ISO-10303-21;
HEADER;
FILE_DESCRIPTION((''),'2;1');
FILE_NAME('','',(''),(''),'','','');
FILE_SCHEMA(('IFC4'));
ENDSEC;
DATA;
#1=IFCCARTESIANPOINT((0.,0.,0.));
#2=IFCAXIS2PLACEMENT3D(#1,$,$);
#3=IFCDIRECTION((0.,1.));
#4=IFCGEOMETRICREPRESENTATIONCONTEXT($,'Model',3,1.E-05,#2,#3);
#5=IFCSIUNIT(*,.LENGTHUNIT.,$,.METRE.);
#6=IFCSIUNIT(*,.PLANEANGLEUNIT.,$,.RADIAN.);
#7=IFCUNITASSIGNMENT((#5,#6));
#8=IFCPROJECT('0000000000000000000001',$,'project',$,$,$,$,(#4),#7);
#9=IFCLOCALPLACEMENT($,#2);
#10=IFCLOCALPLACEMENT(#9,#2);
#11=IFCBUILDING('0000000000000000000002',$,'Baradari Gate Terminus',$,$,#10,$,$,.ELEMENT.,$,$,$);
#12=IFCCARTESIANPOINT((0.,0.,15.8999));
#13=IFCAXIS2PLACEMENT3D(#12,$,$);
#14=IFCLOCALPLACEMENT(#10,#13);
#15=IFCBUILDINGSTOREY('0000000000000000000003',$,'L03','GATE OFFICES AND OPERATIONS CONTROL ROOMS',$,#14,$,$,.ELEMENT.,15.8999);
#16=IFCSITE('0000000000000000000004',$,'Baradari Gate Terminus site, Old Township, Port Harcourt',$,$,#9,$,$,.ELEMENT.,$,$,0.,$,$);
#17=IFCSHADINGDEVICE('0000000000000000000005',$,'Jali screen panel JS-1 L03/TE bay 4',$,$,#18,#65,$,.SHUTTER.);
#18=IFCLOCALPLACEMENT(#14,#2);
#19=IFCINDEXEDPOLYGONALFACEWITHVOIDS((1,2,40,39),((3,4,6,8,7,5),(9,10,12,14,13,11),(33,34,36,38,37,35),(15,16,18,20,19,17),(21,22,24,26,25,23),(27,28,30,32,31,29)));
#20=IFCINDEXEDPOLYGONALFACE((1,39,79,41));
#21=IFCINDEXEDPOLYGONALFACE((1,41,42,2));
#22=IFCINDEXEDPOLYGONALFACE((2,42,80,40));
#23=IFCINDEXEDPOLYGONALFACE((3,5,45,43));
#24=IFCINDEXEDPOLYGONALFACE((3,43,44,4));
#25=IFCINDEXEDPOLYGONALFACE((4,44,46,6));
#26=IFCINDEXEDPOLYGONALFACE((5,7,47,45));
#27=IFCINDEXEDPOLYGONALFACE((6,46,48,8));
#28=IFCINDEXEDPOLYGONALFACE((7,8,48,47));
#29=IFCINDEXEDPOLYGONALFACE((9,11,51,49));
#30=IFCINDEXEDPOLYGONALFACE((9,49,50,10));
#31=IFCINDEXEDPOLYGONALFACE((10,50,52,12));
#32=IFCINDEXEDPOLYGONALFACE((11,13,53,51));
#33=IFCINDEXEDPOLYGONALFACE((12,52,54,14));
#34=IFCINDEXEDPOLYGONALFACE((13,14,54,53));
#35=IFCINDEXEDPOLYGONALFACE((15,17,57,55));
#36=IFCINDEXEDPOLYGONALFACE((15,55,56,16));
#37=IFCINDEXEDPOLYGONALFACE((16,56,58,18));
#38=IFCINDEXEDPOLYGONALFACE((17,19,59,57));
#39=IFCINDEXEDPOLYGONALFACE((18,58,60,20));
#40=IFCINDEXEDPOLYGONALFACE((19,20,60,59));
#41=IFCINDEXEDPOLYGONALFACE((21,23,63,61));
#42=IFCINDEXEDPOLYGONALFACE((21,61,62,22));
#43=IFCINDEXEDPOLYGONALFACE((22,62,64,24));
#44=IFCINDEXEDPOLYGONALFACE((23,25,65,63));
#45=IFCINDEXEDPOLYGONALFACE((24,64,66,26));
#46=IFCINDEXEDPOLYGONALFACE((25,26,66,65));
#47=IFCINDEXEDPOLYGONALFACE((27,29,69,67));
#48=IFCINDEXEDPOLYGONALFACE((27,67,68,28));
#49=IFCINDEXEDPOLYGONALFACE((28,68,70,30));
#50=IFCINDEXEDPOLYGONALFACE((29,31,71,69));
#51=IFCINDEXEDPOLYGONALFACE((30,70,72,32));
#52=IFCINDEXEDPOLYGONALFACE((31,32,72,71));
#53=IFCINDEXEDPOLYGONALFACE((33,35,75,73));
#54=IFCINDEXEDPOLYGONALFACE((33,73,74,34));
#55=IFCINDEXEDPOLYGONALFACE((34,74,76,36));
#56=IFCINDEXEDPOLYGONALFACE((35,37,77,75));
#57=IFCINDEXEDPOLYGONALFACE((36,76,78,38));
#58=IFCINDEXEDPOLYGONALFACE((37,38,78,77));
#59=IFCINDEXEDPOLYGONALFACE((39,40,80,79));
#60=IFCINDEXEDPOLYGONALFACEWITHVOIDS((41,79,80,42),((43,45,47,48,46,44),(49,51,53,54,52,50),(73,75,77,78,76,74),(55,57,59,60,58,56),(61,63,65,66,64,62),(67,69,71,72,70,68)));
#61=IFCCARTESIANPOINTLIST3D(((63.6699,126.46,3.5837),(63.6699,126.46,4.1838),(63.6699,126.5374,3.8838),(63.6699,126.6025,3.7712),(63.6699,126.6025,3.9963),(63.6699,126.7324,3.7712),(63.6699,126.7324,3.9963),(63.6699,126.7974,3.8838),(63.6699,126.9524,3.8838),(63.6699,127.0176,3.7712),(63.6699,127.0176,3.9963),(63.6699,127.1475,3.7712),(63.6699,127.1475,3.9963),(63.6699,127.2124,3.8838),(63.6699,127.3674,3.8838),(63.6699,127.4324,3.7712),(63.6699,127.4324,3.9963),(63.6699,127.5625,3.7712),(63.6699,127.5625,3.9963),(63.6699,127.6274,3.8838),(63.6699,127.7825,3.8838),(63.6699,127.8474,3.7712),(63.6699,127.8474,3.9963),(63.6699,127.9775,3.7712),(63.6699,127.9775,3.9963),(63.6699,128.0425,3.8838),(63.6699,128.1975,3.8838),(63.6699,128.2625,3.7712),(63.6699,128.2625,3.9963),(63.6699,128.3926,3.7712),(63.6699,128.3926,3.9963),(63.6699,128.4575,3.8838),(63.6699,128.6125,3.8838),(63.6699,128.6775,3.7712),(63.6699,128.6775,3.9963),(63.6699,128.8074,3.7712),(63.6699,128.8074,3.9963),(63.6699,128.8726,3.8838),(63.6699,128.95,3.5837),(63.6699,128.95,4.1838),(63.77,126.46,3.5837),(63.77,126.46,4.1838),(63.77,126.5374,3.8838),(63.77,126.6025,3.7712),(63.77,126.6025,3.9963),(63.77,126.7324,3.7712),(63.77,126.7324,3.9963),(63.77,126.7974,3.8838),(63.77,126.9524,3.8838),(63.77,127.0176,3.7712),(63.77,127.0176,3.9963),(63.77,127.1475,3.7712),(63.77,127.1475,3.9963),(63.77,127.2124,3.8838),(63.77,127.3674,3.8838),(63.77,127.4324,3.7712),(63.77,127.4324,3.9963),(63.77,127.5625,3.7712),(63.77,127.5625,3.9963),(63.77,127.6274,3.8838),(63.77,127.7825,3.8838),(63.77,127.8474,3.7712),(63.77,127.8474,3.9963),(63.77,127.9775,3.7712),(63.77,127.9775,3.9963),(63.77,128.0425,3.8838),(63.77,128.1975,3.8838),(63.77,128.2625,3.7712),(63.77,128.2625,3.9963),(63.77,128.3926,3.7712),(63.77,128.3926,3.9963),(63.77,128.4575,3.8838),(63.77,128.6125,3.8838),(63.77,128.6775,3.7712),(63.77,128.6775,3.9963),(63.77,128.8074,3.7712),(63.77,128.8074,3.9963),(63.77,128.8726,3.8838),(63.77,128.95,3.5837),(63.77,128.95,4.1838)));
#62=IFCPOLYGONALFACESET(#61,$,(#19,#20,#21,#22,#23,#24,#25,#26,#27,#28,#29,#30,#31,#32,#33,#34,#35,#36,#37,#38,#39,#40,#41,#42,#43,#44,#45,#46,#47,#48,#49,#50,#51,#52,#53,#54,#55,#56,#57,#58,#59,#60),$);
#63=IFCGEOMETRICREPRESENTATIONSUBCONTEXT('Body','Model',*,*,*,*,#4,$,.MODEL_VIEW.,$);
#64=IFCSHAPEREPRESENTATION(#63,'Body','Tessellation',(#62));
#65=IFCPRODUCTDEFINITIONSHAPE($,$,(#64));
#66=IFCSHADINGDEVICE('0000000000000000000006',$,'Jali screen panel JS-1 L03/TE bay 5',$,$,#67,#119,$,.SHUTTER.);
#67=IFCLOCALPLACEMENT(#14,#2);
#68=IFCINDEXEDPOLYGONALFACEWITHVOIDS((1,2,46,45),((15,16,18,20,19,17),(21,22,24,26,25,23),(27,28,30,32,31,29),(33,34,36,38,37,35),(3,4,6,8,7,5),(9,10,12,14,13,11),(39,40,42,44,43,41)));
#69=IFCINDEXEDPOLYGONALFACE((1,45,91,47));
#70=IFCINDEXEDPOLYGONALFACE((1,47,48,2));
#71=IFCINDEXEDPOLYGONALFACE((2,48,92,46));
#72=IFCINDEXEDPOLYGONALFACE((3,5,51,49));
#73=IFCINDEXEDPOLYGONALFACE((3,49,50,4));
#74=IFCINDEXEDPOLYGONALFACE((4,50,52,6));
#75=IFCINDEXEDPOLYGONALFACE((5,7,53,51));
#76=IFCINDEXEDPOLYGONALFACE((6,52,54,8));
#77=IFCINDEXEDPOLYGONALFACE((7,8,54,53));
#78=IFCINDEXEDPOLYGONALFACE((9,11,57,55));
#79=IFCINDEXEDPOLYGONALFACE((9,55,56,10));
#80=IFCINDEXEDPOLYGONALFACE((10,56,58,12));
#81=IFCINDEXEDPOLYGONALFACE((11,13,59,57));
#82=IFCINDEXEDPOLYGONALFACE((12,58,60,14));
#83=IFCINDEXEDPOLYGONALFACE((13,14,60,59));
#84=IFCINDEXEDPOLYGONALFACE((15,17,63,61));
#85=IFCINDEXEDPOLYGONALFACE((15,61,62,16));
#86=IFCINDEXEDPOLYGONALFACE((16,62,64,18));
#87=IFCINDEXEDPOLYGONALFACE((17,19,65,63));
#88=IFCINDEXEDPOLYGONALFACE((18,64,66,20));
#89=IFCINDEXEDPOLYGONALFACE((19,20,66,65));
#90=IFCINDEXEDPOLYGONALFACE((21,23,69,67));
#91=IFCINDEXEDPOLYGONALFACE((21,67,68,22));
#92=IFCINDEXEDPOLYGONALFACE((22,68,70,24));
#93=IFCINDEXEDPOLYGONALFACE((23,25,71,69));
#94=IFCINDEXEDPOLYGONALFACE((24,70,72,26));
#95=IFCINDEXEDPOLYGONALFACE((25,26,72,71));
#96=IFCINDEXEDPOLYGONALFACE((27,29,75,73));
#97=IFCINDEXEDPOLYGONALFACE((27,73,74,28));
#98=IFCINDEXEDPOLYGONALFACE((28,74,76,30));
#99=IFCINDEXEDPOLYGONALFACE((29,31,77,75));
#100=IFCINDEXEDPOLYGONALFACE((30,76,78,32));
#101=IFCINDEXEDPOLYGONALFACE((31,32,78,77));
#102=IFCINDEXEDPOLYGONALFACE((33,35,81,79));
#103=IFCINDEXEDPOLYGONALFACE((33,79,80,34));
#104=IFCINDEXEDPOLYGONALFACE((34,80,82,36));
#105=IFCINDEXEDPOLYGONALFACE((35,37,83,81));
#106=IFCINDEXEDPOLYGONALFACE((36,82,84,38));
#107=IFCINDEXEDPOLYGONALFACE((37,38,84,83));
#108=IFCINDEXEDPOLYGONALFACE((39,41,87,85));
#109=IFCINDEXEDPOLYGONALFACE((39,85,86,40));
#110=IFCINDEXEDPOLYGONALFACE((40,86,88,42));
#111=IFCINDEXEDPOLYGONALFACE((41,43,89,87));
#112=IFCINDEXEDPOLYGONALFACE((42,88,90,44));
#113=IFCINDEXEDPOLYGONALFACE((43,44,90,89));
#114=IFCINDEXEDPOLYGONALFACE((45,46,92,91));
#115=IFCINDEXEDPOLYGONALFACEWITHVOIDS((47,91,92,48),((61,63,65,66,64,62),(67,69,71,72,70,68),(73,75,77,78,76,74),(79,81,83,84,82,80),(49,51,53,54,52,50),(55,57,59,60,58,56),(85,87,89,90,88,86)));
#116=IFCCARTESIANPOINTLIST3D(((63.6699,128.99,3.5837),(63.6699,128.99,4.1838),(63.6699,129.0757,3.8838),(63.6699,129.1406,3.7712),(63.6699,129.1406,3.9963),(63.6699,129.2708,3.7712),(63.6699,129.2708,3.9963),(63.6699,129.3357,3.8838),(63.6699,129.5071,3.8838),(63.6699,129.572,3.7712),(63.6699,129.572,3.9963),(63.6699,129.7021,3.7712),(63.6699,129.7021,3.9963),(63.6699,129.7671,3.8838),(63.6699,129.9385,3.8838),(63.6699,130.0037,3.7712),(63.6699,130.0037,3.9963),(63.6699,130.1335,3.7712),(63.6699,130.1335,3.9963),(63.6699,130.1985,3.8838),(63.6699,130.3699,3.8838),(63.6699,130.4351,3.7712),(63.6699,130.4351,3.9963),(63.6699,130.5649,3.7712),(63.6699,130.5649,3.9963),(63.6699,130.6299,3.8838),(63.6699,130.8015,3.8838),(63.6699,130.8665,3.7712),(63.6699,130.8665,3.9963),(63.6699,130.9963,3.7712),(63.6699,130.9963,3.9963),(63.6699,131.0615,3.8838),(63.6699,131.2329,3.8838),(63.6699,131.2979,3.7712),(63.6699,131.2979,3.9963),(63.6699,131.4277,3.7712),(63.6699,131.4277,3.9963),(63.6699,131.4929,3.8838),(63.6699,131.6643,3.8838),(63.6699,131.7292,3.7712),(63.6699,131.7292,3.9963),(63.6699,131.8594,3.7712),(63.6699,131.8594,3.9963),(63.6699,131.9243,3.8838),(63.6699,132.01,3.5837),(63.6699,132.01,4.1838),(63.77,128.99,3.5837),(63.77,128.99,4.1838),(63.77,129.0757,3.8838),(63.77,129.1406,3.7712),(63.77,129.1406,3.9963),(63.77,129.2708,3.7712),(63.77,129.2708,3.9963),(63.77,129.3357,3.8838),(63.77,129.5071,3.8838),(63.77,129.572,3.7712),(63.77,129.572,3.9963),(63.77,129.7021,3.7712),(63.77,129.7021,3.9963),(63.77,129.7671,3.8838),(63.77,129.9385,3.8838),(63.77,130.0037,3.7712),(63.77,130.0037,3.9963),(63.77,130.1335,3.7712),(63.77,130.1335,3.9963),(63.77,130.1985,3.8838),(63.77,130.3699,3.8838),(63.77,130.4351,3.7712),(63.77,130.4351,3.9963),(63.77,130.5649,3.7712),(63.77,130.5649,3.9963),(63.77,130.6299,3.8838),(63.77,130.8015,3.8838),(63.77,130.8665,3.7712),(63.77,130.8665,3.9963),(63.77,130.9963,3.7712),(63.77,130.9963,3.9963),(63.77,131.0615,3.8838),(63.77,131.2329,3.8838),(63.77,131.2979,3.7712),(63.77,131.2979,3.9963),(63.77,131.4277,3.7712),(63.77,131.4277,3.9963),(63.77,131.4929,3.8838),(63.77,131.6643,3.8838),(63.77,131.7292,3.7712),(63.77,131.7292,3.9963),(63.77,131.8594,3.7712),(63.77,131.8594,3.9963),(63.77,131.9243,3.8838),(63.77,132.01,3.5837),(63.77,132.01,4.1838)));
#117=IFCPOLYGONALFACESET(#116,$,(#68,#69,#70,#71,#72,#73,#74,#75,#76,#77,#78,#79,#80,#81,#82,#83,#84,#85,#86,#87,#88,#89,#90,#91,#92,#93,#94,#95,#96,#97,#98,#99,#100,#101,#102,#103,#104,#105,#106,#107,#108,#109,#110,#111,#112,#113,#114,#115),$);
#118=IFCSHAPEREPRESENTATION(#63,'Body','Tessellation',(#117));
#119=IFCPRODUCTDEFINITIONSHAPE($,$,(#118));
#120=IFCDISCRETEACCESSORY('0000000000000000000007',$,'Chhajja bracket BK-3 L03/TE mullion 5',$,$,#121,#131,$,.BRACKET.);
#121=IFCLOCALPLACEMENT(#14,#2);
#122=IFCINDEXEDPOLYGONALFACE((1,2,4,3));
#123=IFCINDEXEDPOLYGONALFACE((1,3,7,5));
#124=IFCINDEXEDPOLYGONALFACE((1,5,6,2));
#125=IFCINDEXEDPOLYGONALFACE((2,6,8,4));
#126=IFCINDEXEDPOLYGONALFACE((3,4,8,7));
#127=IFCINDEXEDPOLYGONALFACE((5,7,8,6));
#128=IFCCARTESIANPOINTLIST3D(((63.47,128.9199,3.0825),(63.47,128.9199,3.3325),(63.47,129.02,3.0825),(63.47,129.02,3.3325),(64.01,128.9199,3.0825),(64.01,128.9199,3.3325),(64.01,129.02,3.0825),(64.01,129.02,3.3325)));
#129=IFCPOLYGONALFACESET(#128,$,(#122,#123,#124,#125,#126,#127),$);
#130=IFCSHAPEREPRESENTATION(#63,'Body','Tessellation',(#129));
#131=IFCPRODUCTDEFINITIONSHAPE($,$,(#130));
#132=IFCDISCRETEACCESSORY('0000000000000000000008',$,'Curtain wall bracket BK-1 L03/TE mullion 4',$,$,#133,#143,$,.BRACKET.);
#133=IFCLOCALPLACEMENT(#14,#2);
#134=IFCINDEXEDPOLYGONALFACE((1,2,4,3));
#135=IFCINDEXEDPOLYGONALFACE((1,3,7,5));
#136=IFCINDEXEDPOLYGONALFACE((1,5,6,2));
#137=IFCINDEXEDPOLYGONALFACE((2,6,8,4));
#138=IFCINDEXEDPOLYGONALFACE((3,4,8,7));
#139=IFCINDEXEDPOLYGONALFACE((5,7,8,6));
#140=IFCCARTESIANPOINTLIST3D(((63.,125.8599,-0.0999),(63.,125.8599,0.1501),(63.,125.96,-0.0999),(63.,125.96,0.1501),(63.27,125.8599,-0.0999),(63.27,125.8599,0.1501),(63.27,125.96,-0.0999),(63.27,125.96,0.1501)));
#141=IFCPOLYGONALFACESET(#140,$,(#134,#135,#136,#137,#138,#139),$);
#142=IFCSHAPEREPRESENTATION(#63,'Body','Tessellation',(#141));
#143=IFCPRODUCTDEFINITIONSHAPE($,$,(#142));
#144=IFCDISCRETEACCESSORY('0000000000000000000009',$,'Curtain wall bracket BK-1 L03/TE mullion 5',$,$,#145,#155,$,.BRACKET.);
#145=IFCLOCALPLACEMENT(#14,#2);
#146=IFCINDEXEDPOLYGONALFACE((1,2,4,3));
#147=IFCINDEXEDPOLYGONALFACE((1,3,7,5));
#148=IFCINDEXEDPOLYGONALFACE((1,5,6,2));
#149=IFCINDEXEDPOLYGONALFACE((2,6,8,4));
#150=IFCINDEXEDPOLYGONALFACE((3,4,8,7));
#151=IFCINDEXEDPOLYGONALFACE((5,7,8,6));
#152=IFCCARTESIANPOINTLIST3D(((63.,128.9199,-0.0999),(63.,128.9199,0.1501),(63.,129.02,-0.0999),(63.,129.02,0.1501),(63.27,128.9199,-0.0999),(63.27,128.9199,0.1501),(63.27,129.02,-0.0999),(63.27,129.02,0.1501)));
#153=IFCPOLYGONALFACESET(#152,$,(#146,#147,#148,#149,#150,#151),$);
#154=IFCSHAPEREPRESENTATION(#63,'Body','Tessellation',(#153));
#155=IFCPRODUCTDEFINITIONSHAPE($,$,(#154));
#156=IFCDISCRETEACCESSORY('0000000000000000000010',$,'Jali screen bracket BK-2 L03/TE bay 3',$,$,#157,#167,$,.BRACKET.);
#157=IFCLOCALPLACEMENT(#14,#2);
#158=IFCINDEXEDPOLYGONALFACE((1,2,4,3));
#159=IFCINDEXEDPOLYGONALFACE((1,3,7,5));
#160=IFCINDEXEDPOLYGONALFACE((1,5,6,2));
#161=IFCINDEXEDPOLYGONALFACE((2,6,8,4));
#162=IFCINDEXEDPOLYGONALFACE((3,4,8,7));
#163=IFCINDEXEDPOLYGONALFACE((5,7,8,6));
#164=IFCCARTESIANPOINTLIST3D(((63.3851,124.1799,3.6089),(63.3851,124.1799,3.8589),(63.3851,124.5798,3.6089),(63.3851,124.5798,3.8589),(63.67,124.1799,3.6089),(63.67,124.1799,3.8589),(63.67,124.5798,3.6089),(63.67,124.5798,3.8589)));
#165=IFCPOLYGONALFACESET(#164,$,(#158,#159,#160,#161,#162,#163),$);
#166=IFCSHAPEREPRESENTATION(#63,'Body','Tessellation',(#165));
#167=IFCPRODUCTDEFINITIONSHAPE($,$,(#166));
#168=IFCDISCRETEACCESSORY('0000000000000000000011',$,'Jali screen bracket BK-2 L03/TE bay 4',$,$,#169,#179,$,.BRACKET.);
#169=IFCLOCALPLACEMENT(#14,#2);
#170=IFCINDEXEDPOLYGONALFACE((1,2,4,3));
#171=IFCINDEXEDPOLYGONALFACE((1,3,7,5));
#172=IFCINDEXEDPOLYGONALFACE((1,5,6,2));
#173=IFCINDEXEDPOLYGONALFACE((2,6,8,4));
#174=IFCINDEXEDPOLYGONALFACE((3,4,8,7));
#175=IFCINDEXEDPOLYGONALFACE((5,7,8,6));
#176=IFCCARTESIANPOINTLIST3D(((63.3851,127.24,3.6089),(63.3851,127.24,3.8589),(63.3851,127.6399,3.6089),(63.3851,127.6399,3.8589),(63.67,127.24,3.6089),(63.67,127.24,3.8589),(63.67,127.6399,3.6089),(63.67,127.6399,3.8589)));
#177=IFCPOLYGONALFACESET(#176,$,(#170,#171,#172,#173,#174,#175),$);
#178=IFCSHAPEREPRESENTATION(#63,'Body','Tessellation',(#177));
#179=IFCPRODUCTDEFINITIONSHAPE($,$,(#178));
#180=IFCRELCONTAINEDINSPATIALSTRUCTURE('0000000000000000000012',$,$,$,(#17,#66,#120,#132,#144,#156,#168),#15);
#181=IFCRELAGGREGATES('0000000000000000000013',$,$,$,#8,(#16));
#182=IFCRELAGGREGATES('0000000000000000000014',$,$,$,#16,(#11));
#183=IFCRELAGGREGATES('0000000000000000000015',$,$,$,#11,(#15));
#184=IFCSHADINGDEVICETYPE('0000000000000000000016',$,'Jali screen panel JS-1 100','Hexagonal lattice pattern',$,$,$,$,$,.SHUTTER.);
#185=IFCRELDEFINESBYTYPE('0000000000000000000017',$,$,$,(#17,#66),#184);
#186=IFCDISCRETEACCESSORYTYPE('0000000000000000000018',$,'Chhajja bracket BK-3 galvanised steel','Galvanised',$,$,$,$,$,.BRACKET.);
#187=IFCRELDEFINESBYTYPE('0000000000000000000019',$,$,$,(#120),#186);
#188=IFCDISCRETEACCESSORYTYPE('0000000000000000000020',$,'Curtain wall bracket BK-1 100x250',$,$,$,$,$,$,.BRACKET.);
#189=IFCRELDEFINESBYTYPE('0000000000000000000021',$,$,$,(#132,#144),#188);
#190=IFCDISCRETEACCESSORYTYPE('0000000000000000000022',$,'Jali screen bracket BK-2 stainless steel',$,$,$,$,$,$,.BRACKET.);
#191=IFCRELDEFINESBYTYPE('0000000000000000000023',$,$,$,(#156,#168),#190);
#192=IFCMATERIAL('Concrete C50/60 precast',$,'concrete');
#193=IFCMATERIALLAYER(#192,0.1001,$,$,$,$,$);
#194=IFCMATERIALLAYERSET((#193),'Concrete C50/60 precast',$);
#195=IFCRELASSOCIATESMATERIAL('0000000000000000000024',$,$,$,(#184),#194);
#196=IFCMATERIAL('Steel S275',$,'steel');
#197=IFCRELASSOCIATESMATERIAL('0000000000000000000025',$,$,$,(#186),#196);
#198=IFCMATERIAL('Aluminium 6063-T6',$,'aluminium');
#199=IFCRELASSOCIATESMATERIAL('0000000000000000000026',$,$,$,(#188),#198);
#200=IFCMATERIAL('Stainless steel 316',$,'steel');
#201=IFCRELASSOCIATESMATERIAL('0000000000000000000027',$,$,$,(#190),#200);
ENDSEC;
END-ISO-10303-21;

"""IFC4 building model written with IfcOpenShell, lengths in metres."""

from ifc_helpers import new_model, si_unit, direction, frame, origin, origin_2d, place, context, subcontext, project, spatial, polyline, rectangle, outline, extrude, material, layer, layer_set, type_object, element, save


model = new_model("IFC4")

# Units and contexts
model_context = context("Model", 3, precision=1e-05, world=origin(), true_north=direction((0.0, 1.0)))
body_context = subcontext(model_context, "Body", "Model", "MODEL_VIEW")
ifc_project = project(units=[si_unit("LENGTHUNIT", "METRE"), si_unit("PLANEANGLEUNIT", "RADIAN")], contexts=[model_context])

# Site, building, storey
site_placement = place(None, origin())
site = spatial("IfcSite", under=ifc_project, at=site_placement, Name="Baradari Gate Terminus site, Old Township, Port Harcourt", CompositionType="ELEMENT", RefElevation=0.0)
building_placement = place(site_placement, origin())
building = spatial("IfcBuilding", under=site, at=building_placement, Name="Baradari Gate Terminus", CompositionType="ELEMENT")
storey_placement = place(building_placement, frame((0.0, 0.0, 15.8999)))
storey = spatial("IfcBuildingStorey", under=building, at=storey_placement, Name="L03", Description="GATE OFFICES AND OPERATIONS CONTROL ROOMS", CompositionType="ELEMENT", Elevation=15.8999)

# Shading devices
ifc_material_1 = material(Name="Concrete C50/60 precast", Category="concrete")
ifc_layer_1 = layer(ifc_material_1, 0.1001)
ifc_layer_set_1 = layer_set([ifc_layer_1], Name="Concrete C50/60 precast")
shading_device_type_1 = type_object("IfcShadingDeviceType", Name="Jali screen panel JS-1 100", Description="Hexagonal lattice pattern", PredefinedType="SHUTTER", material=ifc_layer_set_1)
shading_device_1_placement = place(storey_placement, frame((63.72, 126.46, 3.5837), z_axis=(0.0, 0.0, 1.0), x_axis=(0.0, 1.0, 0.0)))
element("IfcShadingDevice", 1, at=shading_device_1_placement, inside=storey, type_object=shading_device_type_1, Name="Jali screen panel JS-1 L03/TE bay 4", PredefinedType="SHUTTER", context=body_context, shape_type="SweptSolid", body=[
    extrude(outline(polyline([(0.0, 0.0), (2.49, 0.0), (2.49, 0.6001), (0.0, 0.6001), (0.0, 0.0)]), holes=[polyline([(0.3374, 0.3), (0.2725, 0.1875), (0.1426, 0.1875), (0.0774, 0.3), (0.1426, 0.4126), (0.2725, 0.4126), (0.3374, 0.3)]), polyline([(0.7524, 0.3), (0.6875, 0.1875), (0.5576, 0.1875), (0.4924, 0.3), (0.5576, 0.4126), (0.6875, 0.4126), (0.7524, 0.3)]), polyline([(1.1675, 0.3), (1.1025, 0.1875), (0.9724, 0.1875), (0.9075, 0.3), (0.9724, 0.4126), (1.1025, 0.4126), (1.1675, 0.3)]), polyline([(1.5825, 0.3), (1.5176, 0.1875), (1.3875, 0.1875), (1.3225, 0.3), (1.3875, 0.4126), (1.5176, 0.4126), (1.5825, 0.3)]), polyline([(1.9976, 0.3), (1.9326, 0.1875), (1.8025, 0.1875), (1.7375, 0.3), (1.8025, 0.4126), (1.9326, 0.4126), (1.9976, 0.3)]), polyline([(2.4126, 0.3), (2.3474, 0.1875), (2.2175, 0.1875), (2.1526, 0.3), (2.2175, 0.4126), (2.3474, 0.4126), (2.4126, 0.3)])]), frame((0.0, 0.05, 0.0), z_axis=(0.0, -1.0, 0.0), x_axis=(1.0, 0.0, 0.0)), (0.0, 0.0, 1.0), 0.1001),
])
shading_device_2_placement = place(storey_placement, frame((63.72, 128.99, 3.5837), z_axis=(0.0, 0.0, 1.0), x_axis=(0.0, 1.0, 0.0)))
element("IfcShadingDevice", 2, at=shading_device_2_placement, inside=storey, type_object=shading_device_type_1, Name="Jali screen panel JS-1 L03/TE bay 5", PredefinedType="SHUTTER", context=body_context, shape_type="SweptSolid", body=[
    extrude(outline(polyline([(0.0, 0.0), (3.02, 0.0), (3.02, 0.6001), (0.0, 0.6001), (0.0, 0.0)]), holes=[polyline([(0.3457, 0.3), (0.2808, 0.1875), (0.1506, 0.1875), (0.0857, 0.3), (0.1506, 0.4126), (0.2808, 0.4126), (0.3457, 0.3)]), polyline([(0.7771, 0.3), (0.7122, 0.1875), (0.582, 0.1875), (0.5171, 0.3), (0.582, 0.4126), (0.7122, 0.4126), (0.7771, 0.3)]), polyline([(1.2085, 0.3), (1.1436, 0.1875), (1.0137, 0.1875), (0.9485, 0.3), (1.0137, 0.4126), (1.1436, 0.4126), (1.2085, 0.3)]), polyline([(1.6399, 0.3), (1.575, 0.1875), (1.4451, 0.1875), (1.3799, 0.3), (1.4451, 0.4126), (1.575, 0.4126), (1.6399, 0.3)]), polyline([(2.0715, 0.3), (2.0063, 0.1875), (1.8765, 0.1875), (1.8115, 0.3), (1.8765, 0.4126), (2.0063, 0.4126), (2.0715, 0.3)]), polyline([(2.5029, 0.3), (2.4377, 0.1875), (2.3079, 0.1875), (2.2429, 0.3), (2.3079, 0.4126), (2.4377, 0.4126), (2.5029, 0.3)]), polyline([(2.9343, 0.3), (2.8694, 0.1875), (2.7393, 0.1875), (2.6743, 0.3), (2.7393, 0.4126), (2.8694, 0.4126), (2.9343, 0.3)])]), frame((0.0, 0.05, 0.0), z_axis=(0.0, -1.0, 0.0), x_axis=(1.0, 0.0, 0.0)), (0.0, 0.0, 1.0), 0.1001),
])

# Discrete accessories
ifc_material_2 = material(Name="Steel S275", Category="steel")
discrete_accessory_type_1 = type_object("IfcDiscreteAccessoryType", Name="Chhajja bracket BK-3 galvanised steel", Description="Galvanised", PredefinedType="BRACKET", material=ifc_material_2)
discrete_accessory_placement = place(storey_placement, frame((63.74, 128.97, 3.0825), z_axis=(0.0, 0.0, 1.0), x_axis=(1.0, 0.0, 0.0)))
element("IfcDiscreteAccessory", 3, at=discrete_accessory_placement, inside=storey, type_object=discrete_accessory_type_1, Name="Chhajja bracket BK-3 L03/TE mullion 5", PredefinedType="BRACKET", context=body_context, shape_type="SweptSolid", body=[
    extrude(rectangle(XDim=0.54, YDim=0.1001, at=origin_2d()), origin(), (0.0, 0.0, 1.0), 0.25),
])
ifc_material_3 = material(Name="Aluminium 6063-T6", Category="aluminium")
discrete_accessory_type_2 = type_object("IfcDiscreteAccessoryType", Name="Curtain wall bracket BK-1 100x250", PredefinedType="BRACKET", material=ifc_material_3)
for number, where, z_axis, x_axis, name in (
    (4, (63.135, 125.9099, -0.0999), (0.0, 0.0, 1.0), (1.0, 0.0, 0.0), "Curtain wall bracket BK-1 L03/TE mullion 4"),
    (5, (63.135, 128.97, -0.0999), (0.0, 0.0, 1.0), (1.0, 0.0, 0.0), "Curtain wall bracket BK-1 L03/TE mullion 5"),
):
    element("IfcDiscreteAccessory", number, at=place(storey_placement, frame(where, z_axis=z_axis, x_axis=x_axis)), inside=storey, type_object=discrete_accessory_type_2, Name=name, PredefinedType="BRACKET", context=body_context, shape_type="SweptSolid", body=[
        extrude(rectangle(XDim=0.27, YDim=0.1001, at=origin_2d()), origin(), (0.0, 0.0, 1.0), 0.25),
    ])
ifc_material_4 = material(Name="Stainless steel 316", Category="steel")
discrete_accessory_type_3 = type_object("IfcDiscreteAccessoryType", Name="Jali screen bracket BK-2 stainless steel", PredefinedType="BRACKET", material=ifc_material_4)
for number, where, z_axis, x_axis, name in (
    (6, (63.5276, 124.3799, 3.6089), (0.0, 0.0, 1.0), (1.0, 0.0, 0.0), "Jali screen bracket BK-2 L03/TE bay 3"),
    (7, (63.5276, 127.4399, 3.6089), (0.0, 0.0, 1.0), (1.0, 0.0, 0.0), "Jali screen bracket BK-2 L03/TE bay 4"),
):
    element("IfcDiscreteAccessory", number, at=place(storey_placement, frame(where, z_axis=z_axis, x_axis=x_axis)), inside=storey, type_object=discrete_accessory_type_3, Name=name, PredefinedType="BRACKET", context=body_context, shape_type="SweptSolid", body=[
        extrude(rectangle(XDim=0.2849, YDim=0.3999, at=origin_2d()), origin(), (0.0, 0.0, 1.0), 0.25),
    ])

save(model, "model.ifc")
